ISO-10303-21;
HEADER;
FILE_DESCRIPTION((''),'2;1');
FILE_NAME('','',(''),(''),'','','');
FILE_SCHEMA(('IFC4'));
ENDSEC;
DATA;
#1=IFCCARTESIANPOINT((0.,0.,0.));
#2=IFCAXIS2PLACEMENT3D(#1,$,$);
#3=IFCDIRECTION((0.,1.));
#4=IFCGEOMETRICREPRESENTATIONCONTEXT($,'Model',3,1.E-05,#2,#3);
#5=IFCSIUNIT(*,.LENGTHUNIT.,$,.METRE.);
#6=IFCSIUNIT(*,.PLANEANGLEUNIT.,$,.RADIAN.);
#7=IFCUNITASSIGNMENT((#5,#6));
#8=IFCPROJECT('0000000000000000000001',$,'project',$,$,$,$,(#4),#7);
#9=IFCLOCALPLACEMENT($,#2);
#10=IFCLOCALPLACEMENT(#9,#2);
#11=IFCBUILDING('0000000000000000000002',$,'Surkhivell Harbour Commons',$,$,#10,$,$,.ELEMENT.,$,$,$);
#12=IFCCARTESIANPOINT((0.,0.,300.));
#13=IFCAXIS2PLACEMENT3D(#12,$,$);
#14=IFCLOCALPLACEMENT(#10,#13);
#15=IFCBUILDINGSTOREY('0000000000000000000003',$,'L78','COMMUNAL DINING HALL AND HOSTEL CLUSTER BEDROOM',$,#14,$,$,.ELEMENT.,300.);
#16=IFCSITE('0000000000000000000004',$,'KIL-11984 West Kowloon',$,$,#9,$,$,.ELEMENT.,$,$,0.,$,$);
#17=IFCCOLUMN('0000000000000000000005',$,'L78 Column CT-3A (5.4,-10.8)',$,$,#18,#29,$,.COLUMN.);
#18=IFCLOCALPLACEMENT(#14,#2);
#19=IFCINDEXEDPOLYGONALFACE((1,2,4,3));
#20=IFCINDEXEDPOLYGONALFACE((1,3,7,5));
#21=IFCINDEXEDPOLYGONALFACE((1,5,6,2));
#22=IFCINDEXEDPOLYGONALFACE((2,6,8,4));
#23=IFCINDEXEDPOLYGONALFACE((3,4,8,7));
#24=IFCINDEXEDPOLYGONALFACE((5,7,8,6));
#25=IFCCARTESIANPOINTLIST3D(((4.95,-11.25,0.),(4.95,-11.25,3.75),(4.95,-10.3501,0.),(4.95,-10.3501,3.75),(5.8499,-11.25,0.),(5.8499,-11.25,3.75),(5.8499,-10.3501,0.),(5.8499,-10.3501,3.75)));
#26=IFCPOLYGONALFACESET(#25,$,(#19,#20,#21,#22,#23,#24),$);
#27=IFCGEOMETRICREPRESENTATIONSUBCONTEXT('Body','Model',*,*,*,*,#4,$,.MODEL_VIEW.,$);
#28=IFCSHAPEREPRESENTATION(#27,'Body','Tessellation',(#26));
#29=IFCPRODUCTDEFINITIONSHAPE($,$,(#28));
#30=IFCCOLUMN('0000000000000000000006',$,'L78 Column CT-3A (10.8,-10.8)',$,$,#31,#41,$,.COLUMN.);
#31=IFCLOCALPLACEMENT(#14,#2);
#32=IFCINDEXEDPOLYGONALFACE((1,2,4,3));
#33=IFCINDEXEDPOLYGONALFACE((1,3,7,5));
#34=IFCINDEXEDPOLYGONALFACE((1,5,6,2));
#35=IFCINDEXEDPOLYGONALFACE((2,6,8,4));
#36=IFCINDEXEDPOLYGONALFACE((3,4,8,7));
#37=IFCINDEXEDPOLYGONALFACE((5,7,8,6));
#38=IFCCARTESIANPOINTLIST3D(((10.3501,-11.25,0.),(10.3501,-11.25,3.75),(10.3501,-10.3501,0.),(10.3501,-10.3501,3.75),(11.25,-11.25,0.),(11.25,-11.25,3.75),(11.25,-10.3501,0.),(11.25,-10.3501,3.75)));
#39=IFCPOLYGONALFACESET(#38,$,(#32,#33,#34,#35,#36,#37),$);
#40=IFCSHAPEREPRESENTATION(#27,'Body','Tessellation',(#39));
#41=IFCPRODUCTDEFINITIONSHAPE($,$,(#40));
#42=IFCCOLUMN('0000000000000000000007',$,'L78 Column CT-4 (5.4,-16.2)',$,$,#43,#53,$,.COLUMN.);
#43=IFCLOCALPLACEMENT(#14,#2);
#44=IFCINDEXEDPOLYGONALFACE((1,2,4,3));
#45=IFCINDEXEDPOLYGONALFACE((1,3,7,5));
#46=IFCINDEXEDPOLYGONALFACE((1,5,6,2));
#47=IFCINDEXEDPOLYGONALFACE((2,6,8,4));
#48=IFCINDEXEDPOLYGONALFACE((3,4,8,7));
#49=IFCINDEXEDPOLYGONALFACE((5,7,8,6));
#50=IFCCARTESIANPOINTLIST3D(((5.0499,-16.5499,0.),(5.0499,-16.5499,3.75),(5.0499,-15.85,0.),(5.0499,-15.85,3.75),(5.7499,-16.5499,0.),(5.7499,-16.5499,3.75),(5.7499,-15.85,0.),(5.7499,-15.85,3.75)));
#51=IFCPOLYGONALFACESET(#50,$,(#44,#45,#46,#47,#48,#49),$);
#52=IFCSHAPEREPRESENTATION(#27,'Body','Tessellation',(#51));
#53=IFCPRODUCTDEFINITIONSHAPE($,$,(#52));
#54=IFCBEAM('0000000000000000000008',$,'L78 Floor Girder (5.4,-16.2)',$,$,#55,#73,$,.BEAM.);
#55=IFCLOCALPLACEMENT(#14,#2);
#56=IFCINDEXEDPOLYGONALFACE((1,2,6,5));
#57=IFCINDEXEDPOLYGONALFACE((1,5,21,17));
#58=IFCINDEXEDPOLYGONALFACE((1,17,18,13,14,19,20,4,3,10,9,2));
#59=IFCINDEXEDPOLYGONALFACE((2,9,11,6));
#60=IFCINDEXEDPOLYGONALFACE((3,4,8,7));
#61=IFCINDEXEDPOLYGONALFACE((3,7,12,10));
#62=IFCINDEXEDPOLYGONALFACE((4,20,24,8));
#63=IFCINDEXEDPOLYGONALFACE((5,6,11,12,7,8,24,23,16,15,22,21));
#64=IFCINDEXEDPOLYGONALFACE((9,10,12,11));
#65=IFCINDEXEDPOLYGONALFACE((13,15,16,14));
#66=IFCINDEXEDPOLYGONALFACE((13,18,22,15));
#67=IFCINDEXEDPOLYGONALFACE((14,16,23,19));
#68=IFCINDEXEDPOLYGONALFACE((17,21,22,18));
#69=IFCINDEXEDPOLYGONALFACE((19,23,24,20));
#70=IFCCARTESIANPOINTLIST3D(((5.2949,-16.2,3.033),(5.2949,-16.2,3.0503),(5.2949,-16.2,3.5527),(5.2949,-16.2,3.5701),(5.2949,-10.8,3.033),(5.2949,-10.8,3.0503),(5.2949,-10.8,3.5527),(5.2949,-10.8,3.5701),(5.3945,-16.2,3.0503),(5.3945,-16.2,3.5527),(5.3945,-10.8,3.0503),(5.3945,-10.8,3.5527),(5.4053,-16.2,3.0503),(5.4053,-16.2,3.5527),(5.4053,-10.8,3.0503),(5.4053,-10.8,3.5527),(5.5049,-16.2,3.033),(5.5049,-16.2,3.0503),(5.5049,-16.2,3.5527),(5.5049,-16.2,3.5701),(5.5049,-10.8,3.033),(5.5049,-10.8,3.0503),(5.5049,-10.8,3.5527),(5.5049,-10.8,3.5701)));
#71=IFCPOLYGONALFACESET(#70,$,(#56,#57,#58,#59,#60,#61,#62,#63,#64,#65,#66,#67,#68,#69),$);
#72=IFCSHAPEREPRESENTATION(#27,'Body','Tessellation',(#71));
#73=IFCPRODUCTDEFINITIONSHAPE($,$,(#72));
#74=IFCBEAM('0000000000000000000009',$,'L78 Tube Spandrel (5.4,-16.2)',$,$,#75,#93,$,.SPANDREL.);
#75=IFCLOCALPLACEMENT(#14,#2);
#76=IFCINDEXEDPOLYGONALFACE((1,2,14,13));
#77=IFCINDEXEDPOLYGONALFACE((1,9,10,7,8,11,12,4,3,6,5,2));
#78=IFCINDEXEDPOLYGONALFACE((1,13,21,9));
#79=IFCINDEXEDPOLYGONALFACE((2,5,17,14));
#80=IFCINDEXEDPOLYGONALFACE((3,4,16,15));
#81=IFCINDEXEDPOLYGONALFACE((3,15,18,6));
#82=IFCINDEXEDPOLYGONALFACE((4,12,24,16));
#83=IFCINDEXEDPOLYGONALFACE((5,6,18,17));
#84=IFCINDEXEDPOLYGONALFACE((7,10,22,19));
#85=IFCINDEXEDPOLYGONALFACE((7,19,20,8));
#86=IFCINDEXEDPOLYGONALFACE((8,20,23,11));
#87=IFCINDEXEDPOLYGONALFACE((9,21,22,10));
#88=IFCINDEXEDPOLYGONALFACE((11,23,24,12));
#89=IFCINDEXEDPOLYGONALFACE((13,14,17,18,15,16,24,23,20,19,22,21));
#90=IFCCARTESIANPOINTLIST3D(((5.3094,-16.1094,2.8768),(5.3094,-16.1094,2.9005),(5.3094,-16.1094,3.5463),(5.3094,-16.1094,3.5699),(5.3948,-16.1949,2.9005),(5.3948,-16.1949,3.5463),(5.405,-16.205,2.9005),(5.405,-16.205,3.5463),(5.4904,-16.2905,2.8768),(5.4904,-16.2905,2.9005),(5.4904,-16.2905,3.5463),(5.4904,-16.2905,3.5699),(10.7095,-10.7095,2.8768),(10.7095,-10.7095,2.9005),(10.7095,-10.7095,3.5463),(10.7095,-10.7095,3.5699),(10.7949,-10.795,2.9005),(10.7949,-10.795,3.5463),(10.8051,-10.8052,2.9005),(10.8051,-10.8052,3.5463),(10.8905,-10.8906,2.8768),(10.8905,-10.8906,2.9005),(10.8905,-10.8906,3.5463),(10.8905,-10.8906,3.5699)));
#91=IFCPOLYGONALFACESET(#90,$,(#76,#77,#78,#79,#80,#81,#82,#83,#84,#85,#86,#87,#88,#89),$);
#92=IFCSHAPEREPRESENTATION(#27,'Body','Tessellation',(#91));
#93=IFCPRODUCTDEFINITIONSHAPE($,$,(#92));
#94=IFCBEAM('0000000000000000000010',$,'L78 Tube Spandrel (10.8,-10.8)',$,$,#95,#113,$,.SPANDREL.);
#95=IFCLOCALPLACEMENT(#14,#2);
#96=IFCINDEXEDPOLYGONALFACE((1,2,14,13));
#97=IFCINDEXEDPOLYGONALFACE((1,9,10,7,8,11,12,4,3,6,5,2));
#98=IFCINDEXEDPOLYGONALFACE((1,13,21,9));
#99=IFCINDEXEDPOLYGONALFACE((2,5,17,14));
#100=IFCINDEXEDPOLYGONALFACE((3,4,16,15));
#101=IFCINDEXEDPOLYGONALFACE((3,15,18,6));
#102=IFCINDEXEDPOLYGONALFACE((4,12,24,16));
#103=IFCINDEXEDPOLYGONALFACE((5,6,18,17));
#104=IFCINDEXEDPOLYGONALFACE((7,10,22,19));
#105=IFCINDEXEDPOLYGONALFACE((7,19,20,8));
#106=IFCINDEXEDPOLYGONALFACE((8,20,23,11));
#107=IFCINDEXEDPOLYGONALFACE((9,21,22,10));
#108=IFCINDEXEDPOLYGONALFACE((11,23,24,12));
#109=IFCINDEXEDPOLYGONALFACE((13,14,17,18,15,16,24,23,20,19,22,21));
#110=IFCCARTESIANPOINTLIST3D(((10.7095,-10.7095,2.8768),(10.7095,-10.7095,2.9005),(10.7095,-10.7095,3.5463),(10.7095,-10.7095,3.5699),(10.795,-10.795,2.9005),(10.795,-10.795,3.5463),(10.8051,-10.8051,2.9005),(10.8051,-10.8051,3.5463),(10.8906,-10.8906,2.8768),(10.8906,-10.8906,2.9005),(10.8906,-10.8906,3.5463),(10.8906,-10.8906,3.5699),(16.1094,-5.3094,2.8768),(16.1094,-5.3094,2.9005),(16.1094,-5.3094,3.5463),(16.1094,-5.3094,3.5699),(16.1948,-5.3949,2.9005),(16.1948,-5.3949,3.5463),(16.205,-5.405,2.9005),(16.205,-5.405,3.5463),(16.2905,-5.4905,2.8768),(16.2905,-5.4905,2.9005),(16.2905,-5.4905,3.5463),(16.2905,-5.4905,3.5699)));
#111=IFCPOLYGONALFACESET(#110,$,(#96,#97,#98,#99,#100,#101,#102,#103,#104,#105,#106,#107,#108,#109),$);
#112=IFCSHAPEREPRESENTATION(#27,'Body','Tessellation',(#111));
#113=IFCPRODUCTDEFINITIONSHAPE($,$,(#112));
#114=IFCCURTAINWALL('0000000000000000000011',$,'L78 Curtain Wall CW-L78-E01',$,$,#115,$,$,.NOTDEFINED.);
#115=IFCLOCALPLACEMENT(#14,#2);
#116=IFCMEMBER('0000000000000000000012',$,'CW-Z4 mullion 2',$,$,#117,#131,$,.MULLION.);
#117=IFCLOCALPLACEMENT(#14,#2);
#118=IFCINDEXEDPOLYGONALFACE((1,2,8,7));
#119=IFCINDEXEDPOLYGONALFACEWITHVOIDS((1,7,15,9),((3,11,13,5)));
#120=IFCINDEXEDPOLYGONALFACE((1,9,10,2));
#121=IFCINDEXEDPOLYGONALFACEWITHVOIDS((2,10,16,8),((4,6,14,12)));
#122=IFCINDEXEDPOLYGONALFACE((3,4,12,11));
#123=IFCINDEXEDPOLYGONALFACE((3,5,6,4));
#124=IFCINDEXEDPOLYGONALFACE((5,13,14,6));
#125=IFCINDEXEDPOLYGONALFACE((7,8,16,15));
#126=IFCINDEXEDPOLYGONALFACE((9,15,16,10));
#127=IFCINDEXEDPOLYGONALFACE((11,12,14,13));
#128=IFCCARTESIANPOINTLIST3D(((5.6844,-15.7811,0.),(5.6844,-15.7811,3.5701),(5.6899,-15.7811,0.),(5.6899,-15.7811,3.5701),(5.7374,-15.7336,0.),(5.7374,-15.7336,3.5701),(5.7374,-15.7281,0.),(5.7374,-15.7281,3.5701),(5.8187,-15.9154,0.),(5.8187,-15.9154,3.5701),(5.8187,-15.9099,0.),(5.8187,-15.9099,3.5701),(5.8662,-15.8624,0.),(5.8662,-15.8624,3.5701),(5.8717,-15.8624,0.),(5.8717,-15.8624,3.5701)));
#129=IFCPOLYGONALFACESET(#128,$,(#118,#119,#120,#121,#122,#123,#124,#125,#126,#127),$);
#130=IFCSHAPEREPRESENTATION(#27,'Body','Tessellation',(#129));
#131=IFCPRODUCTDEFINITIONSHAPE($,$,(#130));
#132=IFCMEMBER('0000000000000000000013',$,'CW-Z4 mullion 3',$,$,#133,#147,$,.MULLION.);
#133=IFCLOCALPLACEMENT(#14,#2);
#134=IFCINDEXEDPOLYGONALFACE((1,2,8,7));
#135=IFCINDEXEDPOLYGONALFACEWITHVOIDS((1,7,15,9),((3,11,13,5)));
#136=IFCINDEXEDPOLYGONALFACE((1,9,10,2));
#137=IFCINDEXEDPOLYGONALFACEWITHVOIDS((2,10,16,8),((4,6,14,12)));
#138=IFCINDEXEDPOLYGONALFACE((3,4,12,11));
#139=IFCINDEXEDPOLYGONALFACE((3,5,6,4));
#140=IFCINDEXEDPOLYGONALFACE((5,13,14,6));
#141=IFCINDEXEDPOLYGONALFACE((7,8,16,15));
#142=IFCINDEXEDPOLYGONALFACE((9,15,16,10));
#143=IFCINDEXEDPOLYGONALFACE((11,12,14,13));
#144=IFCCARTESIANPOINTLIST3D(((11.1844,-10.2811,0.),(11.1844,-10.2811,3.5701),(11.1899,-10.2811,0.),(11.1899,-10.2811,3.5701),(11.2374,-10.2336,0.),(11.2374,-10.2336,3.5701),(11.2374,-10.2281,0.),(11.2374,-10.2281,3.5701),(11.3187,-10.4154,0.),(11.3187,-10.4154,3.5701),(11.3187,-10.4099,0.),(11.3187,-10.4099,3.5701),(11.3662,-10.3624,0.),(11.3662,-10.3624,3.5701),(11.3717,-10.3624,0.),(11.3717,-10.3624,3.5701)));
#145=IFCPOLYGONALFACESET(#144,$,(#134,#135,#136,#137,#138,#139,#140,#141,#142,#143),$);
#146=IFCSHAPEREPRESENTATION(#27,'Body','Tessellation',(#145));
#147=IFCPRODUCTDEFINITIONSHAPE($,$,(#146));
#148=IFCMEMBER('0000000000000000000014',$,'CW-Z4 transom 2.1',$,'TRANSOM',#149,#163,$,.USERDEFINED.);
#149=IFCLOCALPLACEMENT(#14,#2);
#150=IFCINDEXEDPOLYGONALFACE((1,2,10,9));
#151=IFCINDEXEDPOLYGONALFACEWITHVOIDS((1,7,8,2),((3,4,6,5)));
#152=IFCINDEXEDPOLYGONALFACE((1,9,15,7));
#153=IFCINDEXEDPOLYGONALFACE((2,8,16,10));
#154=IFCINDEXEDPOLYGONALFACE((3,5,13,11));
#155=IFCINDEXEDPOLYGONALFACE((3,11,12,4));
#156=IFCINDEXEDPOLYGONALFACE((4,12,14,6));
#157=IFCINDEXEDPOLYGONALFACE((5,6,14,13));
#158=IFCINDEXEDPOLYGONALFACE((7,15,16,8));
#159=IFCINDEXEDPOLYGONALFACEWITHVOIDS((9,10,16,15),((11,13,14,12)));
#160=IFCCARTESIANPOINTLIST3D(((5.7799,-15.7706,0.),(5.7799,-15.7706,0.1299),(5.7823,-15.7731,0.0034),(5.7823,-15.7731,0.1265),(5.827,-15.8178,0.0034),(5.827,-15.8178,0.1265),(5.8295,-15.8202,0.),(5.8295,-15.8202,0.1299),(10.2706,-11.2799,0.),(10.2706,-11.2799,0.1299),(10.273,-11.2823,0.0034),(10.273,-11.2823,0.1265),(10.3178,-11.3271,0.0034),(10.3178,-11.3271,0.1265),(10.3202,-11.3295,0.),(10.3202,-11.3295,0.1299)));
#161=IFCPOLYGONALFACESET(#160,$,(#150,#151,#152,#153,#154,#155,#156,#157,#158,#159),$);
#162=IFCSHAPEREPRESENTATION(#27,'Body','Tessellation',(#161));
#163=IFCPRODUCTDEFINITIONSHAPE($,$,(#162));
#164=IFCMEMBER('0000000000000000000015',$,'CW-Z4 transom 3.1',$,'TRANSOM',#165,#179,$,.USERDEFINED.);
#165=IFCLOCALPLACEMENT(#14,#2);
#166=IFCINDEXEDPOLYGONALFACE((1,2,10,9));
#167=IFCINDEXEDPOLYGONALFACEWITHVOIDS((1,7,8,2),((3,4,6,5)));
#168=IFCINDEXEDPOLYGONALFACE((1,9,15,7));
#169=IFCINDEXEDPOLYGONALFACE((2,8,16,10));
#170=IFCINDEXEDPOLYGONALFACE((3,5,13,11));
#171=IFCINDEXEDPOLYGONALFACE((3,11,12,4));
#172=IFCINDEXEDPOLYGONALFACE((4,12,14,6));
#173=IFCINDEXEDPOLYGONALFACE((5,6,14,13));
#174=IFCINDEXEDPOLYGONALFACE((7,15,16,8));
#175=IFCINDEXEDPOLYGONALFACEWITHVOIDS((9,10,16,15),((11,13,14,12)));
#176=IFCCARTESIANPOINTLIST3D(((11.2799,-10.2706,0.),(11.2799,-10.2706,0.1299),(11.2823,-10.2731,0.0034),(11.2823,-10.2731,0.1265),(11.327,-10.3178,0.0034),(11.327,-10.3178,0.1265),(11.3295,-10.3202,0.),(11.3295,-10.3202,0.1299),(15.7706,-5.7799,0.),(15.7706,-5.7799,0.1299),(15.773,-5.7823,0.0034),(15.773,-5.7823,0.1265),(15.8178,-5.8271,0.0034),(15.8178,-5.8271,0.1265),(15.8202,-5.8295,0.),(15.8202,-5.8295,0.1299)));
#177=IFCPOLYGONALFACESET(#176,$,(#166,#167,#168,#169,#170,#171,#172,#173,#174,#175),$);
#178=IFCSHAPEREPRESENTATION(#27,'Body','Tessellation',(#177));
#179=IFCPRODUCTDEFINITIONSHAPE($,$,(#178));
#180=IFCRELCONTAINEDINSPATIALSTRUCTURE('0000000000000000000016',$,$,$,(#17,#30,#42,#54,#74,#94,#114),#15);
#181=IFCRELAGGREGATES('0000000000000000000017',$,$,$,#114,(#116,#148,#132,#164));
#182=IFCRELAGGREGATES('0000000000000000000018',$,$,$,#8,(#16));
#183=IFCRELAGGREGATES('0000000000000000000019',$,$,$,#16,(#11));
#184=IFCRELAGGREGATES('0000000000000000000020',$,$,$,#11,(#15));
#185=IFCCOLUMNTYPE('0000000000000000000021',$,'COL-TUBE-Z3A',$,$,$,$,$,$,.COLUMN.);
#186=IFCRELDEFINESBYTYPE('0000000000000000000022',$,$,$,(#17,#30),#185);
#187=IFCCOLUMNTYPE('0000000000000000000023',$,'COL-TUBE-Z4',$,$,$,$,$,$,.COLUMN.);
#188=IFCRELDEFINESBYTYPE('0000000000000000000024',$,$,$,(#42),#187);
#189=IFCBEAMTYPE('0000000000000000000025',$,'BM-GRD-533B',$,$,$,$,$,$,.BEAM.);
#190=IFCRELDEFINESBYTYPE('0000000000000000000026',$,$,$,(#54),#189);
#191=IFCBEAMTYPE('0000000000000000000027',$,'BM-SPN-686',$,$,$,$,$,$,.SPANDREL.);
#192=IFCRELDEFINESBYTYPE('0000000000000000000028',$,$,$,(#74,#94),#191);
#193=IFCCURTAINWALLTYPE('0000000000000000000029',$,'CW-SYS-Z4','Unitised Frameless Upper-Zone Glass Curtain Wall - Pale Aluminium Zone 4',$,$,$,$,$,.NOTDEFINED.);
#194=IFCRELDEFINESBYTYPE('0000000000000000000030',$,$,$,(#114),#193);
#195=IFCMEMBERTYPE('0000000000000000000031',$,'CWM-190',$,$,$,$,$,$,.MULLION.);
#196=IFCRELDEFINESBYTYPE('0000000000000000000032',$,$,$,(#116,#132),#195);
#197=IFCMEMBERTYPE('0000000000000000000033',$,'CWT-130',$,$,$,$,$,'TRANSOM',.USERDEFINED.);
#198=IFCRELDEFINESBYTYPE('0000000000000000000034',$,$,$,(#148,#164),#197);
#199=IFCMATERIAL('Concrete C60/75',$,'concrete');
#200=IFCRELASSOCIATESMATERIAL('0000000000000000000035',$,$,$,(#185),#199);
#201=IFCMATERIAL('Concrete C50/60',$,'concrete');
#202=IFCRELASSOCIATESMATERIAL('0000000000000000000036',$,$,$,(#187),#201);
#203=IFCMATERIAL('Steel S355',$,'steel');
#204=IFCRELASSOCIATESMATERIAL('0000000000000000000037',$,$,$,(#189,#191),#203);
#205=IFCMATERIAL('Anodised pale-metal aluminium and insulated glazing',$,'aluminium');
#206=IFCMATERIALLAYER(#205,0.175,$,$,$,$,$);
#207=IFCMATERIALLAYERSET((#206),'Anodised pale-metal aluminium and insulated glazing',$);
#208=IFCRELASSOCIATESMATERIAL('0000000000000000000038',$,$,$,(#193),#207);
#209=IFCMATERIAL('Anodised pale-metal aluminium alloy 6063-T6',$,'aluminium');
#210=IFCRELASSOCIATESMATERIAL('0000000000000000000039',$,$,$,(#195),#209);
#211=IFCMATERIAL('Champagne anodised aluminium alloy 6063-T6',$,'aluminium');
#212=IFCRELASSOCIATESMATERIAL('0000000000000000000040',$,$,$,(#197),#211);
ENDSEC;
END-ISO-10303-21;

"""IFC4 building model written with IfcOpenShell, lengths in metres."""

from ifc_helpers import new_model, si_unit, direction, frame, origin, origin_2d, place, context, subcontext, project, spatial, rectangle, hollow_rectangle, i_section, extrude, material, layer, layer_set, material_profile, profile_set, type_object, element, aggregate, save


model = new_model("IFC4")

# Units and contexts
model_context = context("Model", 3, precision=1e-05, world=origin(), true_north=direction((0.0, 1.0)))
body_context = subcontext(model_context, "Body", "Model", "MODEL_VIEW")
ifc_project = project(units=[si_unit("LENGTHUNIT", "METRE"), si_unit("PLANEANGLEUNIT", "RADIAN")], contexts=[model_context])

# Site, building, storey
site_placement = place(None, origin())
site = spatial("IfcSite", under=ifc_project, at=site_placement, Name="KIL-11984 West Kowloon", CompositionType="ELEMENT", RefElevation=0.0)
building_placement = place(site_placement, origin())
building = spatial("IfcBuilding", under=site, at=building_placement, Name="Surkhivell Harbour Commons", CompositionType="ELEMENT")
storey_placement = place(building_placement, frame((0.0, 0.0, 300.0)))
storey = spatial("IfcBuildingStorey", under=building, at=storey_placement, Name="L78", Description="COMMUNAL DINING HALL AND HOSTEL CLUSTER BEDROOM", CompositionType="ELEMENT", Elevation=300.0)

# Columns
ifc_material_1 = material(Name="Concrete C60/75", Category="concrete")
ifc_material_profile_1 = material_profile(ifc_material_1, rectangle(XDim=0.8999, YDim=0.8999, at=origin_2d()), Name="RC-COL-900x900")
ifc_profile_set_1 = profile_set([ifc_material_profile_1], Name="Concrete C60/75")
column_type_1 = type_object("IfcColumnType", Name="COL-TUBE-Z3A", PredefinedType="COLUMN", material=ifc_profile_set_1)
for number, where, z_axis, x_axis, name in (
    (1, (5.3999, -10.8, 0.0), (0.0, 0.0, 1.0), (1.0, 0.0, 0.0), "L78 Column CT-3A (5.4,-10.8)"),
    (2, (10.8, -10.8, 0.0), (0.0, 0.0, 1.0), (1.0, 0.0, 0.0), "L78 Column CT-3A (10.8,-10.8)"),
):
    element("IfcColumn", number, at=place(storey_placement, frame(where, z_axis=z_axis, x_axis=x_axis)), inside=storey, type_object=column_type_1, Name=name, PredefinedType="COLUMN", context=body_context, shape_type="SweptSolid", body=[
        extrude(rectangle(XDim=0.8999, YDim=0.8999, at=origin_2d()), origin(), (0.0, 0.0, 1.0), 3.75),
    ])
ifc_material_2 = material(Name="Concrete C50/60", Category="concrete")
ifc_material_profile_2 = material_profile(ifc_material_2, rectangle(XDim=0.7, YDim=0.7, at=origin_2d()), Name="RC-COL-700x700")
ifc_profile_set_2 = profile_set([ifc_material_profile_2], Name="Concrete C50/60")
column_type_2 = type_object("IfcColumnType", Name="COL-TUBE-Z4", PredefinedType="COLUMN", material=ifc_profile_set_2)
column_placement = place(storey_placement, frame((5.3999, -16.2, 0.0), z_axis=(0.0, 0.0, 1.0), x_axis=(1.0, 0.0, 0.0)))
element("IfcColumn", 3, at=column_placement, inside=storey, type_object=column_type_2, Name="L78 Column CT-4 (5.4,-16.2)", PredefinedType="COLUMN", context=body_context, shape_type="SweptSolid", body=[
    extrude(rectangle(XDim=0.7, YDim=0.7, at=origin_2d()), origin(), (0.0, 0.0, 1.0), 3.75),
])

# Beams
ifc_material_3 = material(Name="Steel S355", Category="steel")
ifc_material_profile_3 = material_profile(ifc_material_3, i_section(OverallWidth=0.21, OverallDepth=0.5371, WebThickness=0.0107, FlangeThickness=0.0173, at=origin_2d()), Name="UB533x210x101")
ifc_profile_set_3 = profile_set([ifc_material_profile_3], Name="Steel S355")
beam_type_1 = type_object("IfcBeamType", Name="BM-GRD-533B", PredefinedType="BEAM", material=ifc_profile_set_3)
beam_placement = place(storey_placement, frame((5.3999, -16.2, 3.3015), z_axis=(0.0, 1.0, 0.0), x_axis=(-1.0, 0.0, 0.0)))
element("IfcBeam", 4, at=beam_placement, inside=storey, type_object=beam_type_1, Name="L78 Floor Girder (5.4,-16.2)", PredefinedType="BEAM", context=body_context, shape_type="SweptSolid", body=[
    extrude(i_section(OverallWidth=0.21, OverallDepth=0.5371, WebThickness=0.0107, FlangeThickness=0.0173, at=origin_2d()), origin(), (0.0, 0.0, 1.0), 5.3999),
])
ifc_material_profile_4 = material_profile(ifc_material_3, i_section(OverallWidth=0.2561, OverallDepth=0.6931, WebThickness=0.0144, FlangeThickness=0.0237, at=origin_2d()), Name="UB686x254x170")
ifc_profile_set_4 = profile_set([ifc_material_profile_4], Name="Steel S355")
beam_type_2 = type_object("IfcBeamType", Name="BM-SPN-686", PredefinedType="SPANDREL", material=ifc_profile_set_4)
for number, where, z_axis, x_axis, name in (
    (5, (5.3999, -16.2, 3.2234), (0.707123, 0.707091, 0.0), (-0.707091, 0.707123, 0.0), "L78 Tube Spandrel (5.4,-16.2)"),
    (6, (10.8, -10.8, 3.2234), (0.707091, 0.707123, 0.0), (-0.707123, 0.707091, 0.0), "L78 Tube Spandrel (10.8,-10.8)"),
):
    element("IfcBeam", number, at=place(storey_placement, frame(where, z_axis=z_axis, x_axis=x_axis)), inside=storey, type_object=beam_type_2, Name=name, PredefinedType="SPANDREL", context=body_context, shape_type="SweptSolid", body=[
        extrude(i_section(OverallWidth=0.2561, OverallDepth=0.6931, WebThickness=0.0144, FlangeThickness=0.0237, at=origin_2d()), origin(), (0.0, 0.0, 1.0), 7.6367),
    ])

# Curtain wall, members
ifc_material_4 = material(Name="Anodised pale-metal aluminium and insulated glazing", Category="aluminium")
ifc_layer_1 = layer(ifc_material_4, 0.175)
ifc_layer_set_1 = layer_set([ifc_layer_1], Name="Anodised pale-metal aluminium and insulated glazing")
curtain_wall_type = type_object("IfcCurtainWallType", Name="CW-SYS-Z4", Description="Unitised Frameless Upper-Zone Glass Curtain Wall - Pale Aluminium Zone 4", PredefinedType="NOTDEFINED", material=ifc_layer_set_1)
curtain_wall_placement = place(storey_placement, origin())
curtain_wall = element("IfcCurtainWall", 7, at=curtain_wall_placement, inside=storey, type_object=curtain_wall_type, Name="L78 Curtain Wall CW-L78-E01", PredefinedType="NOTDEFINED")
ifc_material_5 = material(Name="Anodised pale-metal aluminium alloy 6063-T6", Category="aluminium")
ifc_material_profile_5 = material_profile(ifc_material_5, hollow_rectangle(XDim=0.075, YDim=0.1899, WallThickness=0.0039, at=origin_2d()), Name="ALU-MULL-75x190")
ifc_profile_set_5 = profile_set([ifc_material_profile_5], Name="Anodised pale-metal aluminium alloy 6063-T6")
member_type_1 = type_object("IfcMemberType", Name="CWM-190", PredefinedType="MULLION", material=ifc_profile_set_5)
member_1_placement = place(storey_placement, frame((5.7781, -15.8218, 0.0), z_axis=(0.0, 0.0, 1.0), x_axis=(0.707107, 0.707107, 0.0)))
member_1 = element("IfcMember", 8, at=member_1_placement, type_object=member_type_1, Name="CW-Z4 mullion 2", PredefinedType="MULLION", context=body_context, shape_type="SweptSolid", body=[
    extrude(hollow_rectangle(XDim=0.075, YDim=0.1899, WallThickness=0.0039, at=origin_2d()), origin(), (0.0, 0.0, 1.0), 3.5701),
])
member_2_placement = place(storey_placement, frame((11.2781, -10.3218, 0.0), z_axis=(0.0, 0.0, 1.0), x_axis=(0.707107, 0.707107, 0.0)))
member_2 = element("IfcMember", 9, at=member_2_placement, type_object=member_type_1, Name="CW-Z4 mullion 3", PredefinedType="MULLION", context=body_context, shape_type="SweptSolid", body=[
    extrude(hollow_rectangle(XDim=0.075, YDim=0.1899, WallThickness=0.0039, at=origin_2d()), origin(), (0.0, 0.0, 1.0), 3.5701),
])
ifc_material_6 = material(Name="Champagne anodised aluminium alloy 6063-T6", Category="aluminium")
ifc_material_profile_6 = material_profile(ifc_material_6, hollow_rectangle(XDim=0.0701, YDim=0.1299, WallThickness=0.0034, at=origin_2d()), Name="ALU-TRAN-70x130")
ifc_profile_set_6 = profile_set([ifc_material_profile_6], Name="Champagne anodised aluminium alloy 6063-T6")
member_type_2 = type_object("IfcMemberType", Name="CWT-130", ElementType="TRANSOM", PredefinedType="USERDEFINED", material=ifc_profile_set_6)
member_3_placement = place(storey_placement, frame((5.8047, -15.7954, 0.0649), z_axis=(0.707107, 0.707107, 0.0), x_axis=(-0.707107, 0.707107, 0.0)))
member_3 = element("IfcMember", 10, at=member_3_placement, type_object=member_type_2, Name="CW-Z4 transom 2.1", ObjectType="TRANSOM", PredefinedType="USERDEFINED", context=body_context, shape_type="SweptSolid", body=[
    extrude(hollow_rectangle(XDim=0.0701, YDim=0.1299, WallThickness=0.0034, at=origin_2d()), origin(), (0.0, 0.0, 1.0), 6.3508),
])
member_4_placement = place(storey_placement, frame((11.3047, -10.2954, 0.0649), z_axis=(0.707107, 0.707107, 0.0), x_axis=(-0.707107, 0.707107, 0.0)))
member_4 = element("IfcMember", 11, at=member_4_placement, type_object=member_type_2, Name="CW-Z4 transom 3.1", ObjectType="TRANSOM", PredefinedType="USERDEFINED", context=body_context, shape_type="SweptSolid", body=[
    extrude(hollow_rectangle(XDim=0.0701, YDim=0.1299, WallThickness=0.0034, at=origin_2d()), origin(), (0.0, 0.0, 1.0), 6.3508),
])
aggregate(curtain_wall, [member_1, member_3, member_2, member_4])

save(model, "model.ifc")
